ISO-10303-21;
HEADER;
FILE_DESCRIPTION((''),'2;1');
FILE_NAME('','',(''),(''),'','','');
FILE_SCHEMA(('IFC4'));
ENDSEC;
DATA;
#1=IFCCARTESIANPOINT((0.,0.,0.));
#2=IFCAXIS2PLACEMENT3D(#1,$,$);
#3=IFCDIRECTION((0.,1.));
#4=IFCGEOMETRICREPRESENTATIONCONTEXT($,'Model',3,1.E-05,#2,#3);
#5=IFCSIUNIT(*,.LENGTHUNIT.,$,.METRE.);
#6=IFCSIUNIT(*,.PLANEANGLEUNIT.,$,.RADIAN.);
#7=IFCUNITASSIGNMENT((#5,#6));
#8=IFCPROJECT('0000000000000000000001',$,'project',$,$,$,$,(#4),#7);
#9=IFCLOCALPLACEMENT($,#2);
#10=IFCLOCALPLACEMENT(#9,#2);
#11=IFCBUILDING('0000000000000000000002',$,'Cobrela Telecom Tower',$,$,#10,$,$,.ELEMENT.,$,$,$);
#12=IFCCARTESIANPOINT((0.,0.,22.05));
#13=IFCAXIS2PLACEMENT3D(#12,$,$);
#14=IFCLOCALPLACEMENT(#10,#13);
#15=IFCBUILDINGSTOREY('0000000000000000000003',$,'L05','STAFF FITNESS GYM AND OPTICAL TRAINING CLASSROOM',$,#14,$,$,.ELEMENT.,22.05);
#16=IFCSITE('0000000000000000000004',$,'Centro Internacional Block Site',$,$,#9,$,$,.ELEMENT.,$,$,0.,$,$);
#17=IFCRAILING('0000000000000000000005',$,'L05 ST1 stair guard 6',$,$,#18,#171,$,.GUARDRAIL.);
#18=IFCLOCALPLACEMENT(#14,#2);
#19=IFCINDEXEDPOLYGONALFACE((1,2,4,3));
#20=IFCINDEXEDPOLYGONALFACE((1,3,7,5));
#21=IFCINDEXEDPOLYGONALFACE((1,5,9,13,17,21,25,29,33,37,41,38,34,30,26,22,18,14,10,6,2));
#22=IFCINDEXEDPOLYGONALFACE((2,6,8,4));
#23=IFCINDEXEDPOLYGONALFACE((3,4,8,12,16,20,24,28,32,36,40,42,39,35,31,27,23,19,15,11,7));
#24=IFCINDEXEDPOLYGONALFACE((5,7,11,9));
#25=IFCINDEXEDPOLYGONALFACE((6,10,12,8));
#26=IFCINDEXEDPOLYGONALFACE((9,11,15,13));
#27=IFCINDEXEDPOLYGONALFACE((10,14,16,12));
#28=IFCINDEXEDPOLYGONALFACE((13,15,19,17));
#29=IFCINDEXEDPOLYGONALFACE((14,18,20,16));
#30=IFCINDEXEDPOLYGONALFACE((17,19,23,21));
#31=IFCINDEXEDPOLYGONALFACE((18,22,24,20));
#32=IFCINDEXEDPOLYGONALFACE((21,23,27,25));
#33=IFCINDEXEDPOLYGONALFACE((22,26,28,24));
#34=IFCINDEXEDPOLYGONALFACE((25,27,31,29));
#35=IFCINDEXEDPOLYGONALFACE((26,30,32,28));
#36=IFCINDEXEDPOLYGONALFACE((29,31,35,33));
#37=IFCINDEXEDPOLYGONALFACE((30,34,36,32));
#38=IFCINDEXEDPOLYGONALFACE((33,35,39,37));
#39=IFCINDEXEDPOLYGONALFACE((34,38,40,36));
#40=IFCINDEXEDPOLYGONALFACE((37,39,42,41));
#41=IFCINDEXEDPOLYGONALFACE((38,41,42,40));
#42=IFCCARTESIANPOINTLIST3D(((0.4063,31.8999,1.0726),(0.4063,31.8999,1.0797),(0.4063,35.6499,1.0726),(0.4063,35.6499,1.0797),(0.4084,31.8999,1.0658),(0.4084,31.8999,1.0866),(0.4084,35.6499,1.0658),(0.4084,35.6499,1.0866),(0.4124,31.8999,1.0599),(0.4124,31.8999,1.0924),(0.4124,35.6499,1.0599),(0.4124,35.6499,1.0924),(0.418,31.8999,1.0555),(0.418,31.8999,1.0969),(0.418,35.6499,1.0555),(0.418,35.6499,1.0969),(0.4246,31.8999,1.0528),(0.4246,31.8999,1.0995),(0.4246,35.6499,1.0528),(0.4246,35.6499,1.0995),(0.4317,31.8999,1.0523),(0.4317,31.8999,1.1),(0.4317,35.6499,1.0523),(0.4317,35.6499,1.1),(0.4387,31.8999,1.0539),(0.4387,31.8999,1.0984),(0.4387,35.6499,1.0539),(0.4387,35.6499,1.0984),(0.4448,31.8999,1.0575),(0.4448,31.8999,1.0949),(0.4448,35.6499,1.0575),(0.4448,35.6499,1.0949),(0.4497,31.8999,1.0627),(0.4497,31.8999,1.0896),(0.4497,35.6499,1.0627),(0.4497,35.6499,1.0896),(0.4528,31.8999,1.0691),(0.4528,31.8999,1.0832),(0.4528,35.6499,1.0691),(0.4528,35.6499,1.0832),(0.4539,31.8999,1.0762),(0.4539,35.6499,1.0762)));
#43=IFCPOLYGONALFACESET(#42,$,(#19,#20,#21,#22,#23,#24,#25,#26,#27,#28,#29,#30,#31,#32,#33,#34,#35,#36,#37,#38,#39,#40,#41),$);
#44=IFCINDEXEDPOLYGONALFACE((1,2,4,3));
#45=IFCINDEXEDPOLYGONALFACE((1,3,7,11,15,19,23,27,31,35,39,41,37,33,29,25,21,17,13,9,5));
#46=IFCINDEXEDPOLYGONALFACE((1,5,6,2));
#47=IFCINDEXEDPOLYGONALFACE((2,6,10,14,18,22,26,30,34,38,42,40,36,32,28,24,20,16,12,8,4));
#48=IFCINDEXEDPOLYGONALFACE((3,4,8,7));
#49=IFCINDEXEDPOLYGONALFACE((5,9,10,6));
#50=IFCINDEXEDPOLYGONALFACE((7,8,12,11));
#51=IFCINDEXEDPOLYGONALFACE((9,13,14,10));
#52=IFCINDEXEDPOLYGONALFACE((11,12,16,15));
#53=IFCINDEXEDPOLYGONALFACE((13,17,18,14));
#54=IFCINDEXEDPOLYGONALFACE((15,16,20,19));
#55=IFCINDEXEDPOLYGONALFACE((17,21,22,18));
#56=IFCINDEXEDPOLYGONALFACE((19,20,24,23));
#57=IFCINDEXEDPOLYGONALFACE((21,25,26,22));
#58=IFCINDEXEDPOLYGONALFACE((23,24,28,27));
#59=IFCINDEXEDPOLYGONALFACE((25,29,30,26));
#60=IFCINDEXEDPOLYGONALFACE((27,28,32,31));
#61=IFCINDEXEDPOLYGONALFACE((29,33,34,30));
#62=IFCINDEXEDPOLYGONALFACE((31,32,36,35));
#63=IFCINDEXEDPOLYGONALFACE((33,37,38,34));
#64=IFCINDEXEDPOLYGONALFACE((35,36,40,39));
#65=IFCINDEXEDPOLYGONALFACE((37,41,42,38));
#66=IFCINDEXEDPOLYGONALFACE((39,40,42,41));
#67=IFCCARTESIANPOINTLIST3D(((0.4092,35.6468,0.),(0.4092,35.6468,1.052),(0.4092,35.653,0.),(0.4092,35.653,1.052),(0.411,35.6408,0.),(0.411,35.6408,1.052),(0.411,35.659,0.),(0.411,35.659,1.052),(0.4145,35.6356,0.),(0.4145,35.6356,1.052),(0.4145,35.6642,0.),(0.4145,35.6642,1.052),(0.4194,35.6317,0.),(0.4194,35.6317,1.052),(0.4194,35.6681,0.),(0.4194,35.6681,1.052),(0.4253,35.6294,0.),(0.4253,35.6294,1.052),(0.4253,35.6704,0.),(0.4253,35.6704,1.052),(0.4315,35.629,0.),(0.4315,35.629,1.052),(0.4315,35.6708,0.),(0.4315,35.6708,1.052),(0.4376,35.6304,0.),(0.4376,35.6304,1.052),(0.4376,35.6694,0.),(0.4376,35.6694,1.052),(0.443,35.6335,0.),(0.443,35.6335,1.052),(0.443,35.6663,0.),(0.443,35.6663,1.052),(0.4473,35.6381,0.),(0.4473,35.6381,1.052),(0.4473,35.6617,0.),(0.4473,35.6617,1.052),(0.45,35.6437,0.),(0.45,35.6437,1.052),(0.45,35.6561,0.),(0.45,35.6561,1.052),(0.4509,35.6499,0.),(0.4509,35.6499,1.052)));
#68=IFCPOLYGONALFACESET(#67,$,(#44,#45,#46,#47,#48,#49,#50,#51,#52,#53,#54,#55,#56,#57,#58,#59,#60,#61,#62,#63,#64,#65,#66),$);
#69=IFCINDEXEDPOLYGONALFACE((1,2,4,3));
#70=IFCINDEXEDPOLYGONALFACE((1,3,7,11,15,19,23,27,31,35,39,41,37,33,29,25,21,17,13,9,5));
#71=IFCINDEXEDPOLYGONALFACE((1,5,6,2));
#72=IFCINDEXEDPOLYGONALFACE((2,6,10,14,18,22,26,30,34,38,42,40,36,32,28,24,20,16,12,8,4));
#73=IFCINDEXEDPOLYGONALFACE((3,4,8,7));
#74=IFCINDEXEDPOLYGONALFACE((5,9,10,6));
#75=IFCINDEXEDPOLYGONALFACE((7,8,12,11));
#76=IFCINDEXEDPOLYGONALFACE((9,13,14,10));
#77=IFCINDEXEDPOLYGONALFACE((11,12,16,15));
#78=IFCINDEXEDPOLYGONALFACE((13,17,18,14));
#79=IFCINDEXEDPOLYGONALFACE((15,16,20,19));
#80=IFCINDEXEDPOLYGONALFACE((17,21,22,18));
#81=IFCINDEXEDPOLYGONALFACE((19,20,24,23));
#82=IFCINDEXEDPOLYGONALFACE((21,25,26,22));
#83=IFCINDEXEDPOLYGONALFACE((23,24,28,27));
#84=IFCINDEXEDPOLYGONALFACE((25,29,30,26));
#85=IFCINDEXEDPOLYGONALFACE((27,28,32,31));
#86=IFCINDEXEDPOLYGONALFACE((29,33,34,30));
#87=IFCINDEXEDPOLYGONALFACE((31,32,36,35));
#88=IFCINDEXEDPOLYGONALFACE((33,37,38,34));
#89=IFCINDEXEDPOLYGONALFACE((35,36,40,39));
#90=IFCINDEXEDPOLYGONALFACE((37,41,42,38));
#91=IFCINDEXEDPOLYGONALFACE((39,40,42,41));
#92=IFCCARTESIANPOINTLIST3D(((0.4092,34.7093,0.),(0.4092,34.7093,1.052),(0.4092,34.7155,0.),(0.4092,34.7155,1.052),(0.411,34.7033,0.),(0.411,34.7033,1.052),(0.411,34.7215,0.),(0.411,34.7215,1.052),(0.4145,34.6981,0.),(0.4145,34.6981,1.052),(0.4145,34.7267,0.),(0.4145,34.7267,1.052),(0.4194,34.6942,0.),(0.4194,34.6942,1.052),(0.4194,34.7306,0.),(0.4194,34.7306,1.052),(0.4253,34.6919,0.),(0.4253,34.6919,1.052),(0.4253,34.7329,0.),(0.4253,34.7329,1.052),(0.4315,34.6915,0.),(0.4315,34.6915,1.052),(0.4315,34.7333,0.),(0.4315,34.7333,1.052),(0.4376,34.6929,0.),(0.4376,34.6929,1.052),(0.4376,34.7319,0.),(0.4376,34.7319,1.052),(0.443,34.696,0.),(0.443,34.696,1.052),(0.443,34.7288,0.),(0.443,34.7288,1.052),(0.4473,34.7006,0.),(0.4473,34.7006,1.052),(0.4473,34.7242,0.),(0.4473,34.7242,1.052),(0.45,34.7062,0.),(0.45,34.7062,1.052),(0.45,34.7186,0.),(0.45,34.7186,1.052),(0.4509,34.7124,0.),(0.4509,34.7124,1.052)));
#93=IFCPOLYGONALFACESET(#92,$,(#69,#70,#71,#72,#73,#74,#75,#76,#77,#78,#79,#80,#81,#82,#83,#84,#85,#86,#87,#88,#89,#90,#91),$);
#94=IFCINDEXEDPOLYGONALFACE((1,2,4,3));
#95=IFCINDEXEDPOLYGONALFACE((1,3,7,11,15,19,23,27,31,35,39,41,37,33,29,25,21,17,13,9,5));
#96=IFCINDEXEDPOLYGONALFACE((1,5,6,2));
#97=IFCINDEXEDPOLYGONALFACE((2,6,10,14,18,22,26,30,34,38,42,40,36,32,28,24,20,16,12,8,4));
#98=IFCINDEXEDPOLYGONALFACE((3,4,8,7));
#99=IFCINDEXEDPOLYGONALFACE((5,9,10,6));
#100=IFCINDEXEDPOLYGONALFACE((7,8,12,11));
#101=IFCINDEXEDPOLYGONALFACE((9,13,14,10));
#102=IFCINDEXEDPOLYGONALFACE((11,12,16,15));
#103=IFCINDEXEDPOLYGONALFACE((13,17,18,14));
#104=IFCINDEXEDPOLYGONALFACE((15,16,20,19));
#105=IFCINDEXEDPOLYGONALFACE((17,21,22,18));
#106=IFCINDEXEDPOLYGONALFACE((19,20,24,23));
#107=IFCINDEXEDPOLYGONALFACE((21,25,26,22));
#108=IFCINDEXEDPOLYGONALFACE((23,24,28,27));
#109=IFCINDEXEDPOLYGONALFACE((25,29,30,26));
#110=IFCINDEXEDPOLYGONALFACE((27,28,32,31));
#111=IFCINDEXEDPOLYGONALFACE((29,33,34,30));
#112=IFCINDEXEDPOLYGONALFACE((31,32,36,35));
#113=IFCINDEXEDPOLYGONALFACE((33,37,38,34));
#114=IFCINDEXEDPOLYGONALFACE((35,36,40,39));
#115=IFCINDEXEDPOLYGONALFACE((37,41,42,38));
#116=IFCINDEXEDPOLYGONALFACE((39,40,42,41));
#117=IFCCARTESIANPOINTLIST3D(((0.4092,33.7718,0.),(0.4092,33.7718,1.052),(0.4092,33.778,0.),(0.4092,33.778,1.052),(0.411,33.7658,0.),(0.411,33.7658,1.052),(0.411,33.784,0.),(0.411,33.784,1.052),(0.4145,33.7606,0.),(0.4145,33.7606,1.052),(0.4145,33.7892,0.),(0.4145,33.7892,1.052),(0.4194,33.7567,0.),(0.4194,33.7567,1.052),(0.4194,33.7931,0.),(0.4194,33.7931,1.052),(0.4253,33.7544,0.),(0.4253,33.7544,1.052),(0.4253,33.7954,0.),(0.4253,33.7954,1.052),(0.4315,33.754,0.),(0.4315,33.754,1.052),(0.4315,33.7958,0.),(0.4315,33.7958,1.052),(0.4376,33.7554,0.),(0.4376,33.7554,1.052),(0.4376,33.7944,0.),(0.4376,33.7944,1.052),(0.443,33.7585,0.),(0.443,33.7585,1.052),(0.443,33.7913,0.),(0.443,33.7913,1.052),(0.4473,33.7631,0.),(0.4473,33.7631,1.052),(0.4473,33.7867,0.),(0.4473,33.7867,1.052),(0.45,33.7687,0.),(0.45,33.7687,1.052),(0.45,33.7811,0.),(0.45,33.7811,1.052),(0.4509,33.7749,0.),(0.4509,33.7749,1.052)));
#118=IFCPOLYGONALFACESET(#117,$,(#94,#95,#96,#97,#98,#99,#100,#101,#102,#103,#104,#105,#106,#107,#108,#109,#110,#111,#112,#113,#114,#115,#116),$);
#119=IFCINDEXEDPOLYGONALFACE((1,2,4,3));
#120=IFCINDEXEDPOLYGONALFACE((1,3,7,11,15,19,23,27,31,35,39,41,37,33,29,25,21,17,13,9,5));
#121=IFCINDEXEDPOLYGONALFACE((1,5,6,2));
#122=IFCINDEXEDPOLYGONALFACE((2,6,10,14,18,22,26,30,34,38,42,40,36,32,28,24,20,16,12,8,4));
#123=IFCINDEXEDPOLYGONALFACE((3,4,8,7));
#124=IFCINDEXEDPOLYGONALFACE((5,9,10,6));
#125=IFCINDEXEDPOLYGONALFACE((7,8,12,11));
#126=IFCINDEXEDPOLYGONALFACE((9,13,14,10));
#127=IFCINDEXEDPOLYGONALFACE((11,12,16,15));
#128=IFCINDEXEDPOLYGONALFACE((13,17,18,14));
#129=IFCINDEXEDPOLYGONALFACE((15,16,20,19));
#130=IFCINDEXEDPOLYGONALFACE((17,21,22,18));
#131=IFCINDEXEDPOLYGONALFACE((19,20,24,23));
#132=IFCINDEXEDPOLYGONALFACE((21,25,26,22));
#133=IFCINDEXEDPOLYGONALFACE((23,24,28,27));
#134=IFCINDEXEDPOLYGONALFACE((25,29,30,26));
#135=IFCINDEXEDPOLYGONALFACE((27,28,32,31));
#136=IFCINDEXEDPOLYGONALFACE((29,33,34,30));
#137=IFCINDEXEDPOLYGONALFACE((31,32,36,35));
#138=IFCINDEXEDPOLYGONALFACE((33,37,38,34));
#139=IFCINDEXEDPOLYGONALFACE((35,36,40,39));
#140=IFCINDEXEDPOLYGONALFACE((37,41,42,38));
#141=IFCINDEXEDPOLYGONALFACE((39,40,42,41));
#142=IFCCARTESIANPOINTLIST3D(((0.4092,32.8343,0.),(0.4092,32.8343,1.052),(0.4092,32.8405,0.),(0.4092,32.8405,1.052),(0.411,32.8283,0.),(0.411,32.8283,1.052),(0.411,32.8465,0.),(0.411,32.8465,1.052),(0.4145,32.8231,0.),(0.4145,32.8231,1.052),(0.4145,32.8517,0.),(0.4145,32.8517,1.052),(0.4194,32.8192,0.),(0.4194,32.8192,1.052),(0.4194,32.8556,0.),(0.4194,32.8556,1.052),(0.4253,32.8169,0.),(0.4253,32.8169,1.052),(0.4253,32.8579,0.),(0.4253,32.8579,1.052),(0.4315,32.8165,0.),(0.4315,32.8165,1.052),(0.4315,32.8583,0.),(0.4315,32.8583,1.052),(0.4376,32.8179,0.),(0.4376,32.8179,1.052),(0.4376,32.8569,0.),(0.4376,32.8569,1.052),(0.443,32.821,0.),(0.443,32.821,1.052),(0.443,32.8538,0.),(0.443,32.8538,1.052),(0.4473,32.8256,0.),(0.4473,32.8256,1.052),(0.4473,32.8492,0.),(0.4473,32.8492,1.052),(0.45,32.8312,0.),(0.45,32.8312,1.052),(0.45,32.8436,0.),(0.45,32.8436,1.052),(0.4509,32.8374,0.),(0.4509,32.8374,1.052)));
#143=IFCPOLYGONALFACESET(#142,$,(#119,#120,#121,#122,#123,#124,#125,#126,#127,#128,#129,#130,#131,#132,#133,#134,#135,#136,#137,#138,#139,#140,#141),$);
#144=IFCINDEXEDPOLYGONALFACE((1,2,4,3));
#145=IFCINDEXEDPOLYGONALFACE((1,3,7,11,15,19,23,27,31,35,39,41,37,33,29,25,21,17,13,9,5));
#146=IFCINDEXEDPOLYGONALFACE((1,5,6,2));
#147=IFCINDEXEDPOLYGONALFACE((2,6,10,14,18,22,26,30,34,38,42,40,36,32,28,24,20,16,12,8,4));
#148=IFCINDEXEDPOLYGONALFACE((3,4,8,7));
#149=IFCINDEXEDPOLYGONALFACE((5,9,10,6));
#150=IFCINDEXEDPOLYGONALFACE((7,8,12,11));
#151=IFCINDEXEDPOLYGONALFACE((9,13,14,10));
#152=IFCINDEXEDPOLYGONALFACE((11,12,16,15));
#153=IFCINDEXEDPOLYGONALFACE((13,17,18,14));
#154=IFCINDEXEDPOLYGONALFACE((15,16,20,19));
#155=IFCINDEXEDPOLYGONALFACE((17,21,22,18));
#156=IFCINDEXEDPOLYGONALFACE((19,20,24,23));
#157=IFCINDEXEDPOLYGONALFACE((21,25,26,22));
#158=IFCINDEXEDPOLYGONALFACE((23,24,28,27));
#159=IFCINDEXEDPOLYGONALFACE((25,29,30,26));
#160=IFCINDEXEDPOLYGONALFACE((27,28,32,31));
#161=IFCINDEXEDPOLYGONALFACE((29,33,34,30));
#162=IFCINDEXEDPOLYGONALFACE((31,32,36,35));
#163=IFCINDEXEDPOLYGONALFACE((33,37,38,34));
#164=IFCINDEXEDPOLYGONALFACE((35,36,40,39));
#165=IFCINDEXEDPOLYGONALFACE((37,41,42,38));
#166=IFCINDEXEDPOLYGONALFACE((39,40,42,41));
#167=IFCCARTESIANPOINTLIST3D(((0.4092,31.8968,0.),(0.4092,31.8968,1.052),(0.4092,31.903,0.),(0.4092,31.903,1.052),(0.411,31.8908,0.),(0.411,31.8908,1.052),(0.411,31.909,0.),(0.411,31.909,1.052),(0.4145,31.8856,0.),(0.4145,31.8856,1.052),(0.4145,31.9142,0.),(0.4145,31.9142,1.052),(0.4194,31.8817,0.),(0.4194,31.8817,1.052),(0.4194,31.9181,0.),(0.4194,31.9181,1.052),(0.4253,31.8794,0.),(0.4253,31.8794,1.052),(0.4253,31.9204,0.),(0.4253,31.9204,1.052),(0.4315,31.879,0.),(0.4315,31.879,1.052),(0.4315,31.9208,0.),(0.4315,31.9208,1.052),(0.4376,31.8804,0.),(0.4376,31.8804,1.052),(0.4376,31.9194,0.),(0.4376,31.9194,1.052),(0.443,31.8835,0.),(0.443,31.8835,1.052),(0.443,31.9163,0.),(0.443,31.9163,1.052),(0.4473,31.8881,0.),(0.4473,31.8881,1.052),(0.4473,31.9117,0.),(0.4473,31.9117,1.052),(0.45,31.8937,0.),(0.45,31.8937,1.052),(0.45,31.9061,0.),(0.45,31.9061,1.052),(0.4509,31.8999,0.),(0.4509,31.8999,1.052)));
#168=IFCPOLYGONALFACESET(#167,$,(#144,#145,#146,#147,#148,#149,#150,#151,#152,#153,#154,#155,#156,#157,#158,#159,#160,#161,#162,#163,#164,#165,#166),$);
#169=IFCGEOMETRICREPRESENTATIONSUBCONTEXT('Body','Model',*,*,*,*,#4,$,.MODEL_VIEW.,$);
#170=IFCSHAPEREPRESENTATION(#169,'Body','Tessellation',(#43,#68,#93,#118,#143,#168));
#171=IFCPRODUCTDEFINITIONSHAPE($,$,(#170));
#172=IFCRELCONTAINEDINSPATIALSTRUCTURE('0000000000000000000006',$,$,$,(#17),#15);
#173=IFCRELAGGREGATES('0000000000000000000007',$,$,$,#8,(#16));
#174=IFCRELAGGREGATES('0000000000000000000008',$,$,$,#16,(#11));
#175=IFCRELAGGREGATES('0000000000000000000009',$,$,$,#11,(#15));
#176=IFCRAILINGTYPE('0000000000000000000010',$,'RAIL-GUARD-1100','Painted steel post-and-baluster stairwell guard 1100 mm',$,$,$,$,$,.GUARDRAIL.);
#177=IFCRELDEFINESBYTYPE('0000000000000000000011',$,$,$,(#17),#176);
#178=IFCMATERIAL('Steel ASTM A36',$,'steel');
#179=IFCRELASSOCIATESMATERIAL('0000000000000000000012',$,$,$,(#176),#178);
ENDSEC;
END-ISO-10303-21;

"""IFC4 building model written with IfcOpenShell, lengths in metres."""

from ifc_helpers import new_model, si_unit, direction, frame, origin, origin_2d, place, context, subcontext, project, spatial, circle, extrude, material, type_object, element, save


model = new_model("IFC4")

# Units and contexts
model_context = context("Model", 3, precision=1e-05, world=origin(), true_north=direction((0.0, 1.0)))
body_context = subcontext(model_context, "Body", "Model", "MODEL_VIEW")
ifc_project = project(units=[si_unit("LENGTHUNIT", "METRE"), si_unit("PLANEANGLEUNIT", "RADIAN")], contexts=[model_context])

# Site, building, storey
site_placement = place(None, origin())
site = spatial("IfcSite", under=ifc_project, at=site_placement, Name="Centro Internacional Block Site", CompositionType="ELEMENT", RefElevation=0.0)
building_placement = place(site_placement, origin())
building = spatial("IfcBuilding", under=site, at=building_placement, Name="Cobrela Telecom Tower", CompositionType="ELEMENT")
storey_placement = place(building_placement, frame((0.0, 0.0, 22.05)))
storey = spatial("IfcBuildingStorey", under=building, at=storey_placement, Name="L05", Description="STAFF FITNESS GYM AND OPTICAL TRAINING CLASSROOM", CompositionType="ELEMENT", Elevation=22.05)

# Shared definitions
ifc_material_1 = material(Name="Steel ASTM A36", Category="steel")

# Railing
railing_type_1 = type_object("IfcRailingType", Name="RAIL-GUARD-1100", Description="Painted steel post-and-baluster stairwell guard 1100 mm", PredefinedType="GUARDRAIL", material=ifc_material_1)
railing_1_placement = place(storey_placement, frame((0.4299, 35.6499, 0.0)))
element("IfcRailing", 1, at=railing_1_placement, inside=storey, type_object=railing_type_1, Name="L05 ST1 stair guard 6", PredefinedType="GUARDRAIL", context=body_context, shape_type="SweptSolid", body=[
    extrude(circle(Radius=0.0239, at=origin_2d()), frame((0.0, 0.0, 1.0762), z_axis=(0.0, -1.0, 0.0), x_axis=(1.0, 0.0, 0.0)), (0.0, 0.0, 1.0), 3.75),
    extrude(circle(Radius=0.021, at=origin_2d()), origin(), (0.0, 0.0, 1.0), 1.052),
    extrude(circle(Radius=0.021, at=origin_2d()), frame((0.0, -0.9375, 0.0)), (0.0, 0.0, 1.0), 1.052),
    extrude(circle(Radius=0.021, at=origin_2d()), frame((0.0, -1.875, 0.0)), (0.0, 0.0, 1.0), 1.052),
    extrude(circle(Radius=0.021, at=origin_2d()), frame((0.0, -2.8125, 0.0)), (0.0, 0.0, 1.0), 1.052),
    extrude(circle(Radius=0.021, at=origin_2d()), frame((0.0, -3.75, 0.0)), (0.0, 0.0, 1.0), 1.052),
])

save(model, "model.ifc")
